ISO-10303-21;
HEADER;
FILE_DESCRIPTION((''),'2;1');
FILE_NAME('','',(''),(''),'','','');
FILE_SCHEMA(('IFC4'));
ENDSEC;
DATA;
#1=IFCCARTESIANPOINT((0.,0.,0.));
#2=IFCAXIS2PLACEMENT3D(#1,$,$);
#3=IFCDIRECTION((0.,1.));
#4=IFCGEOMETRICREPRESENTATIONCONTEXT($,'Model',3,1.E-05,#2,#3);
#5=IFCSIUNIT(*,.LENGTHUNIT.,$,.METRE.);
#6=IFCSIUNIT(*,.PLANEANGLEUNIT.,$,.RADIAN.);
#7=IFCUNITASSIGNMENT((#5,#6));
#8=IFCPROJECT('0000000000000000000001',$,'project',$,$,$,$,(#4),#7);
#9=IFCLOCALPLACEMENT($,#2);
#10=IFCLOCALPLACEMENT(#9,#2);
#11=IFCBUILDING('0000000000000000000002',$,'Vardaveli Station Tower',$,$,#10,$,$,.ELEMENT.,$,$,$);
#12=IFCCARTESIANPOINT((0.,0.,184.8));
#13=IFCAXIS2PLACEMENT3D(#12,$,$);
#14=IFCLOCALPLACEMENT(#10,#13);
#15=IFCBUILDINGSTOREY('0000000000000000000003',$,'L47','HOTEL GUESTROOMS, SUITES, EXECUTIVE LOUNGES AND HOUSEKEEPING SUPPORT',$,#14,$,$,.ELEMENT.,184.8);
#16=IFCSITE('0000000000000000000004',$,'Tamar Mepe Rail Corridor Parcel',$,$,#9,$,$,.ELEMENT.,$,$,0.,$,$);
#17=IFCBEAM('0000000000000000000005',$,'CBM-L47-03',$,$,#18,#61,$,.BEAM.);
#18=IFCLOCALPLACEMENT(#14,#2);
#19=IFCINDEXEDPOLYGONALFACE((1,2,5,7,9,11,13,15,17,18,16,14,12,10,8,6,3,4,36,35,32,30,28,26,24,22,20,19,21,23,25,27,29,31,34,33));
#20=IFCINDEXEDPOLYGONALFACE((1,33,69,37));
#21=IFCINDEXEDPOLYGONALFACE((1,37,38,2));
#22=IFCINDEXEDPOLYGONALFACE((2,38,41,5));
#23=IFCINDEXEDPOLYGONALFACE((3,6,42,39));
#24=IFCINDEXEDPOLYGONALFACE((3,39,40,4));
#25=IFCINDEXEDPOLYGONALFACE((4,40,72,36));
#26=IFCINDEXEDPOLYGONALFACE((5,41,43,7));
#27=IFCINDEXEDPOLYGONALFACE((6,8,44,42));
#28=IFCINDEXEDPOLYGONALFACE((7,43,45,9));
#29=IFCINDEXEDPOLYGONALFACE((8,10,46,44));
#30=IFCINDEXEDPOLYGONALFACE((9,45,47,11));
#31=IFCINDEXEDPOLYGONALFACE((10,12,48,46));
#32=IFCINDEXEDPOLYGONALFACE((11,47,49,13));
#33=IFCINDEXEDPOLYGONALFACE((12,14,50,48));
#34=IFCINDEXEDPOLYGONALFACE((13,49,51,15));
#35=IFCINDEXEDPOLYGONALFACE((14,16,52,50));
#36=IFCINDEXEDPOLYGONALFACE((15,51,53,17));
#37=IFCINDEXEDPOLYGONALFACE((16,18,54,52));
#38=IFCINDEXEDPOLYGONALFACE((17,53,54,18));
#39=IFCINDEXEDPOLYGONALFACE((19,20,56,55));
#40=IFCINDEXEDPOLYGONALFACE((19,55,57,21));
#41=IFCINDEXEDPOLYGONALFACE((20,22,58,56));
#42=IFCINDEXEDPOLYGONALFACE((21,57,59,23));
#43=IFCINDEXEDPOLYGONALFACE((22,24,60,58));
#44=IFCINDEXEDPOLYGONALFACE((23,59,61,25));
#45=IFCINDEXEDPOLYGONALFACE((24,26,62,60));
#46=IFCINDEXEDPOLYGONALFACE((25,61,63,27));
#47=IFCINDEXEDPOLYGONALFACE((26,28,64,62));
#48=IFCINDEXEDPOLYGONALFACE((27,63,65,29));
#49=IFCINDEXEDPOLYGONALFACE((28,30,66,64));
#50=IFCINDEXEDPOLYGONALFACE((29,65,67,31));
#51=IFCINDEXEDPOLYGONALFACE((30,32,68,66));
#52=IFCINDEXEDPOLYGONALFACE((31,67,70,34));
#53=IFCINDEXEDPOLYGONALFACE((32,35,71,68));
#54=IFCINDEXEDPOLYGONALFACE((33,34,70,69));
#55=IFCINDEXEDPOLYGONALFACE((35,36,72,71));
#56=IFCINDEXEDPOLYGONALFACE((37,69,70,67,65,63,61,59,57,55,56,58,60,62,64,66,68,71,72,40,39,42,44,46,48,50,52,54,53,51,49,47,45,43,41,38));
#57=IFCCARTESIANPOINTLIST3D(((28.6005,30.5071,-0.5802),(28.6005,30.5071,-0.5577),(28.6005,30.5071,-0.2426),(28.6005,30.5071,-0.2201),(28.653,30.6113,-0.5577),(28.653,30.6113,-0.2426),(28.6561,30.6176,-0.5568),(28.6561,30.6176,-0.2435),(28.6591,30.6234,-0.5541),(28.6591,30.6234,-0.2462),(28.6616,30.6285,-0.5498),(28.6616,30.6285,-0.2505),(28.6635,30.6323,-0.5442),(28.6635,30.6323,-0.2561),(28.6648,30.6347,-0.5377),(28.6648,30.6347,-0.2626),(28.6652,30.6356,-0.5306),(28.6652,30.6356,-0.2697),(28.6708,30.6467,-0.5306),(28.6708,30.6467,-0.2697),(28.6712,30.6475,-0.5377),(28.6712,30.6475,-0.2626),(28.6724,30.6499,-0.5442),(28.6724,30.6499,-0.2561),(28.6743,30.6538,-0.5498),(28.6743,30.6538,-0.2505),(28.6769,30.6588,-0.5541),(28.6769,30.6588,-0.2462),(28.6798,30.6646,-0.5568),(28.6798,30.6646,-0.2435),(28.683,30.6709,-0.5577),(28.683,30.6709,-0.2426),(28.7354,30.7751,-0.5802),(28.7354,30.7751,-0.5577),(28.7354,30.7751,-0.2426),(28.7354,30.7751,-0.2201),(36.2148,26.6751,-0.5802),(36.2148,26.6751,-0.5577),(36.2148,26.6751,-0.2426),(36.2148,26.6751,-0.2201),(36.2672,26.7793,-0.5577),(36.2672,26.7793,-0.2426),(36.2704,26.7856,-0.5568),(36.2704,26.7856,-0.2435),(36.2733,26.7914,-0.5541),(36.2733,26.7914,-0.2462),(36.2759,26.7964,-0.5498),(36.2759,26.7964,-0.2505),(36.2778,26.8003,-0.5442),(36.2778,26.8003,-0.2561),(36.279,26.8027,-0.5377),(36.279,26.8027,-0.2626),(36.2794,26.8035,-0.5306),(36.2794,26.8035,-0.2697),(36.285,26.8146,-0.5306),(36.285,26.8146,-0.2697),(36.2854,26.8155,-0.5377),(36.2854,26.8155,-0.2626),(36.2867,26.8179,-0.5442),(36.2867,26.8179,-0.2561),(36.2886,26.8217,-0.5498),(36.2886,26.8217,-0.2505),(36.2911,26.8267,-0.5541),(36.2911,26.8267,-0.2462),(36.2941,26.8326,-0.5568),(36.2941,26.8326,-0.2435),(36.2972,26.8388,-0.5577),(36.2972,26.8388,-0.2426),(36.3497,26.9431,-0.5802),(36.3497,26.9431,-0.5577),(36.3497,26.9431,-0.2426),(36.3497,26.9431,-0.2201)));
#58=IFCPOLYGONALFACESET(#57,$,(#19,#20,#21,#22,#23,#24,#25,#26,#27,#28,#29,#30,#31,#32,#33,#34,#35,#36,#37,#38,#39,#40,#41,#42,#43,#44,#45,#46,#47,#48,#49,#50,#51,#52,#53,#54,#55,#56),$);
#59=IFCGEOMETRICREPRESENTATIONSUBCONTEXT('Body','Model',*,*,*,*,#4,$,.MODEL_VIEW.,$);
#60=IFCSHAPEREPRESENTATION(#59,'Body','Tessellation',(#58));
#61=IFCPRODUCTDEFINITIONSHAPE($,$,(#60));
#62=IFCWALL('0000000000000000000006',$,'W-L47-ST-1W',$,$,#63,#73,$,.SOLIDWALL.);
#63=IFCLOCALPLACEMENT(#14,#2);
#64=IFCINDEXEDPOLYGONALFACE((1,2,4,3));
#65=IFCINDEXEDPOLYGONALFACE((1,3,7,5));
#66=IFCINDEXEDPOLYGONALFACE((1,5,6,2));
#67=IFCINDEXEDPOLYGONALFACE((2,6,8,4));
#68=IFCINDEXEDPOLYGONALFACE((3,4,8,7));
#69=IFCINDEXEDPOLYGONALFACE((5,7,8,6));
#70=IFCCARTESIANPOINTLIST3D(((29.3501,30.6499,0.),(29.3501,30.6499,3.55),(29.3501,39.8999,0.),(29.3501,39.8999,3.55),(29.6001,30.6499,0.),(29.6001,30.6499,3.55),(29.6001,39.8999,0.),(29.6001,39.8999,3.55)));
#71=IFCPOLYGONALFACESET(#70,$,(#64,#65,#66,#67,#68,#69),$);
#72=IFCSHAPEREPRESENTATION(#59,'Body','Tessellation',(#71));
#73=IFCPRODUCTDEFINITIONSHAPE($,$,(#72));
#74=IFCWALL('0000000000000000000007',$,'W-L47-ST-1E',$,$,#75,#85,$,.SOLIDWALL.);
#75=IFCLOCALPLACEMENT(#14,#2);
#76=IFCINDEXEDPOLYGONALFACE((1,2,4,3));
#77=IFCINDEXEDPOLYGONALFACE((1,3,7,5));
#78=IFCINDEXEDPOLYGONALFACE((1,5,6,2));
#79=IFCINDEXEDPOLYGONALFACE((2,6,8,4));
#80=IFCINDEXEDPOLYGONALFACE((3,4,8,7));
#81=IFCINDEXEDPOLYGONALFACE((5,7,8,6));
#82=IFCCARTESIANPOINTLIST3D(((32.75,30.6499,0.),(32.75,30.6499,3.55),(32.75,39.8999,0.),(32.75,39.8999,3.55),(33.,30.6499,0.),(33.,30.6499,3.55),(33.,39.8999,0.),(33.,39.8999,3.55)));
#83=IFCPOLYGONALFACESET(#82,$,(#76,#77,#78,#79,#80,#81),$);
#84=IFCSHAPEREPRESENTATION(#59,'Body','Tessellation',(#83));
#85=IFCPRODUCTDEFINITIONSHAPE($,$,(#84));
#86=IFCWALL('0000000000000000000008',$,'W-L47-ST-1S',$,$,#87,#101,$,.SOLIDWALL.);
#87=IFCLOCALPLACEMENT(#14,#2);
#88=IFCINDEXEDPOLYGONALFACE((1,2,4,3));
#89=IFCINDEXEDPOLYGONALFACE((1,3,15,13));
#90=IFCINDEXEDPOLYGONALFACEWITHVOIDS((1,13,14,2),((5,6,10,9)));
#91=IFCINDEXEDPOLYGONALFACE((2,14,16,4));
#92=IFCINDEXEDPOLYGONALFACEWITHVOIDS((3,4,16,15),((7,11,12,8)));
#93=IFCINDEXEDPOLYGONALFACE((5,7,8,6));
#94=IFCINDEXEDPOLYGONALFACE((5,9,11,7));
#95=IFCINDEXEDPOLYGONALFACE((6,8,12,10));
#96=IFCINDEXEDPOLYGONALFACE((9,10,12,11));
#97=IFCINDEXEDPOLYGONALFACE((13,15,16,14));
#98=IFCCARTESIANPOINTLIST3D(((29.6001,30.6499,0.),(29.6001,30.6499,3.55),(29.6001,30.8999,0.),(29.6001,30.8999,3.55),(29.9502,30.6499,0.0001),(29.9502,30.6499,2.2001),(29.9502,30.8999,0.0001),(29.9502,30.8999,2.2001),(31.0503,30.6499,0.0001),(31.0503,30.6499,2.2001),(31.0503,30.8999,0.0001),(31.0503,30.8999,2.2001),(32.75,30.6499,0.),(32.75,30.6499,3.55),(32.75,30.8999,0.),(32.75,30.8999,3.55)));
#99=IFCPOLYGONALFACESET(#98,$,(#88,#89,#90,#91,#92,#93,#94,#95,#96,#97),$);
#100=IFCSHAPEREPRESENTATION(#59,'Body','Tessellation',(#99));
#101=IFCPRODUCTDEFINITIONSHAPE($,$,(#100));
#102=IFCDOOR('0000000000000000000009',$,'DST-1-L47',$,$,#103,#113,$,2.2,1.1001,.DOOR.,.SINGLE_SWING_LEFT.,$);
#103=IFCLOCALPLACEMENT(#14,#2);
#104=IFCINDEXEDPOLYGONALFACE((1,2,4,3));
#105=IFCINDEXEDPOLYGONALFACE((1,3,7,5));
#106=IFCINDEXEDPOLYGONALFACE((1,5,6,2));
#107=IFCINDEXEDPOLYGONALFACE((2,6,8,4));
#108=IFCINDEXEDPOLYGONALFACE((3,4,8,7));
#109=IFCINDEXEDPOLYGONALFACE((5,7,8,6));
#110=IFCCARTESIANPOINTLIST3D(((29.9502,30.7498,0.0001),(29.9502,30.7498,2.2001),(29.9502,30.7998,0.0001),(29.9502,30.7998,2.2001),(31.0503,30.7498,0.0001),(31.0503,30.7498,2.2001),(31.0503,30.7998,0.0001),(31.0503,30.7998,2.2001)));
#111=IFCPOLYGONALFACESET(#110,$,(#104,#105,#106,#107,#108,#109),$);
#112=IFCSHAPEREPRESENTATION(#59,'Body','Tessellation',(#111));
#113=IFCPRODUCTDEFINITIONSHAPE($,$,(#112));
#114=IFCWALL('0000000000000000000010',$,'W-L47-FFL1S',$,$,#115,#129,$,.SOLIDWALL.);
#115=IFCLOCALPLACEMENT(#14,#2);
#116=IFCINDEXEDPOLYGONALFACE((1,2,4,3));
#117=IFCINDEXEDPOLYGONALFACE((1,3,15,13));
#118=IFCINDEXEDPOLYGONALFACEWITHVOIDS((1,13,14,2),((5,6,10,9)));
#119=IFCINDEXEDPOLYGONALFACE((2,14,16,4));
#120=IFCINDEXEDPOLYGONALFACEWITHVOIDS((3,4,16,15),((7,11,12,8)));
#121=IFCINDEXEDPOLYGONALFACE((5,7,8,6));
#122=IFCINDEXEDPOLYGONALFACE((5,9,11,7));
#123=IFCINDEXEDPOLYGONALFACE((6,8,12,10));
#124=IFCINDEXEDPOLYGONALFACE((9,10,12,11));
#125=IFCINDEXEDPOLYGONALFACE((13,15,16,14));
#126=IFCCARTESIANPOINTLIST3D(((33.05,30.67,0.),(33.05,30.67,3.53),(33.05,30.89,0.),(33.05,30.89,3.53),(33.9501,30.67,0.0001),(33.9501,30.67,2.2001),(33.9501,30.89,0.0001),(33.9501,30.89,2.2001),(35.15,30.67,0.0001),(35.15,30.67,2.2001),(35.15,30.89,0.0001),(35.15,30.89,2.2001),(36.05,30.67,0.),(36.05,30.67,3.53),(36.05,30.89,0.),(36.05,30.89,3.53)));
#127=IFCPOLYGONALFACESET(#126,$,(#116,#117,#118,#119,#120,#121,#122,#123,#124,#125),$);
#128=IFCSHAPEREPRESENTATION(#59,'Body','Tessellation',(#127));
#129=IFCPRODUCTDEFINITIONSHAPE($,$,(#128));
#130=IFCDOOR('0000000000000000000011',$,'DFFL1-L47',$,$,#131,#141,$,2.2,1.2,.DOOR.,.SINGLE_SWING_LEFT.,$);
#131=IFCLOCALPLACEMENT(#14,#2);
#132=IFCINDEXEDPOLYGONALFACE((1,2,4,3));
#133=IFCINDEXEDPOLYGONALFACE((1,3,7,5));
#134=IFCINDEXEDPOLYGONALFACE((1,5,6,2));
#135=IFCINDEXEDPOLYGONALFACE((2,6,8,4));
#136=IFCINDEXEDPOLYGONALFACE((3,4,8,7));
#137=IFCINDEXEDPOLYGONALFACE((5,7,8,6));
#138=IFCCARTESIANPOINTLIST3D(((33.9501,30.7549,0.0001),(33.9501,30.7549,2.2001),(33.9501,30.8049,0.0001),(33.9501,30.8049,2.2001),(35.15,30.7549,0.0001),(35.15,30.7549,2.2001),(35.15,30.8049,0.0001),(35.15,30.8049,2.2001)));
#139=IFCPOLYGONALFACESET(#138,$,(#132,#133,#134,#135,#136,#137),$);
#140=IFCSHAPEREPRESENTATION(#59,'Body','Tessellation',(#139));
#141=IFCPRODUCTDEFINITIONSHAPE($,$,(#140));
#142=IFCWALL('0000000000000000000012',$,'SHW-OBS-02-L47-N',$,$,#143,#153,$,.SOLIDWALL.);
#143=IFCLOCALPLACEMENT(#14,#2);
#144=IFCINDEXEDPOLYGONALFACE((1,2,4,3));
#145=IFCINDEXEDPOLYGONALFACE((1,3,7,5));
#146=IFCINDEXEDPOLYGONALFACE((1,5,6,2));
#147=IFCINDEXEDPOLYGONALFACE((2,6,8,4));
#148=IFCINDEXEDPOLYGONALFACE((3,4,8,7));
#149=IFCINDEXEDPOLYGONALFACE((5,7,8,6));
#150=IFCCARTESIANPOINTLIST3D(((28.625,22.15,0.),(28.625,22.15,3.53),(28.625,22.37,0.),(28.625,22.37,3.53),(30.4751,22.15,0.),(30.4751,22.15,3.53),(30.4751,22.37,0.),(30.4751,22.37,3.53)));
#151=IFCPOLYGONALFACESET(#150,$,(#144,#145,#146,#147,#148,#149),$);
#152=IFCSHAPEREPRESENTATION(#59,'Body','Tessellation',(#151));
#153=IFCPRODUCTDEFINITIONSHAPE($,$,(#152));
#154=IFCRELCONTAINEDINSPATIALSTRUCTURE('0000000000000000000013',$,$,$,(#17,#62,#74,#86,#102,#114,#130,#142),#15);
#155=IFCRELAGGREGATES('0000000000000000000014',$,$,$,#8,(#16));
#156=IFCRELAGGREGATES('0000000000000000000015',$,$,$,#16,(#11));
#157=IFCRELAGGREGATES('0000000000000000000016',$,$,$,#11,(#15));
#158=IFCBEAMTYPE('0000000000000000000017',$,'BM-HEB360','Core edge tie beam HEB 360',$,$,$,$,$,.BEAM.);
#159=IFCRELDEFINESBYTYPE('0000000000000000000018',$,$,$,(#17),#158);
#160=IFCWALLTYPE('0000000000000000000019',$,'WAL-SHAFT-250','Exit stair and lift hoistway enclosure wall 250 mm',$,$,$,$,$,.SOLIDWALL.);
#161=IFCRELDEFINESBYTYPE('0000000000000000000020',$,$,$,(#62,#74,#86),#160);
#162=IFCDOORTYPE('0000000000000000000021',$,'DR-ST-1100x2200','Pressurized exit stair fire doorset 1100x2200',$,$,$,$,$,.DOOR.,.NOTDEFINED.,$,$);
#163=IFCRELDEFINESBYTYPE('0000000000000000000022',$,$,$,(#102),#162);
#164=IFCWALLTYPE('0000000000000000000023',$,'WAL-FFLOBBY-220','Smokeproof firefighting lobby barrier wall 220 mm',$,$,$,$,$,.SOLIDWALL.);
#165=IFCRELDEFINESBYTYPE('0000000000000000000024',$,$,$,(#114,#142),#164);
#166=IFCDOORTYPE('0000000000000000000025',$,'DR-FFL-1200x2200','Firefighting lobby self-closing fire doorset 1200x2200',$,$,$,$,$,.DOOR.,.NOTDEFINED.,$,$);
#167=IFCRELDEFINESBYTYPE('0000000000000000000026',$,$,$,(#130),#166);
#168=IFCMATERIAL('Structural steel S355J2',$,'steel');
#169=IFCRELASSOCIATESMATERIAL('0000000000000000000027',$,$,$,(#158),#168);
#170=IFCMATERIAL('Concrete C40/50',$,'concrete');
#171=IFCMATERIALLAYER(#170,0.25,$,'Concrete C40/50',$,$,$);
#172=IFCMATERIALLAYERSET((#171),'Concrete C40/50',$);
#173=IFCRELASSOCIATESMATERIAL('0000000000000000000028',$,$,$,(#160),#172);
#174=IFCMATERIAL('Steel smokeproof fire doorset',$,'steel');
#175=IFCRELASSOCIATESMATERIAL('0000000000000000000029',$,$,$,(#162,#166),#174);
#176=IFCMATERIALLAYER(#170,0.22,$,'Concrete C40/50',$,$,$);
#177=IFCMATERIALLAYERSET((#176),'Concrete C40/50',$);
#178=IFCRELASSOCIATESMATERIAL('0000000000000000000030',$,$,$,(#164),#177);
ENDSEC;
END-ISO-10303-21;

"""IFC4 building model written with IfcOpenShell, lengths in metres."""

from ifc_helpers import new_model, si_unit, direction, frame, frame_2d, origin, origin_2d, place, context, subcontext, project, spatial, rectangle, i_section, extrude, source, transform, mapped, material, layer, layer_set, material_profile, profile_set, type_object, element, fill, save


model = new_model("IFC4")

# Units and contexts
model_context = context("Model", 3, precision=1e-05, world=origin(), true_north=direction((0.0, 1.0)))
body_context = subcontext(model_context, "Body", "Model", "MODEL_VIEW")
ifc_project = project(units=[si_unit("LENGTHUNIT", "METRE"), si_unit("PLANEANGLEUNIT", "RADIAN")], contexts=[model_context])

# Site, building, storey
site_placement = place(None, origin())
site = spatial("IfcSite", under=ifc_project, at=site_placement, Name="Tamar Mepe Rail Corridor Parcel", CompositionType="ELEMENT", RefElevation=0.0)
building_placement = place(site_placement, origin())
building = spatial("IfcBuilding", under=site, at=building_placement, Name="Vardaveli Station Tower", CompositionType="ELEMENT")
storey_placement = place(building_placement, frame((0.0, 0.0, 184.8)))
storey = spatial("IfcBuildingStorey", under=building, at=storey_placement, Name="L47", Description="HOTEL GUESTROOMS, SUITES, EXECUTIVE LOUNGES AND HOUSEKEEPING SUPPORT", CompositionType="ELEMENT", Elevation=184.8)

# Beam
ifc_material_1 = material(Name="Structural steel S355J2", Category="steel")
ifc_material_profile_1 = material_profile(ifc_material_1, i_section(OverallWidth=0.3, OverallDepth=0.3601, WebThickness=0.0125, FlangeThickness=0.0225, FilletRadius=0.0271, at=origin_2d()), Name="HEB 360")
ifc_profile_set_1 = profile_set([ifc_material_profile_1], Name="Structural steel S355J2")
beam_type_1 = type_object("IfcBeamType", Name="BM-HEB360", Description="Core edge tie beam HEB 360", PredefinedType="BEAM", material=ifc_profile_set_1)
shared_shape_1 = source(origin(), body_context, "Body", "SweptSolid", [
    extrude(i_section(OverallWidth=0.3, OverallDepth=0.3601, WebThickness=0.0125, FlangeThickness=0.0225, FilletRadius=0.0271, at=origin_2d()), origin(), (0.0, 0.0, 1.0), 8.5242),
])
beam_1_placement = place(storey_placement, frame((28.668, 30.6411, -0.4001), z_axis=(0.893256, -0.449549, 0.0), x_axis=(0.449549, 0.893256, 0.0)))
element("IfcBeam", 1, at=beam_1_placement, inside=storey, type_object=beam_type_1, Name="CBM-L47-03", PredefinedType="BEAM", context=body_context, shape_type="MappedRepresentation", body=[
    mapped(shared_shape_1, transform((0.0, 0.0, 0.0), scale=1.0)),
])

# Walls
ifc_material_2 = material(Name="Concrete C40/50", Category="concrete")
ifc_layer_1 = layer(ifc_material_2, 0.25, Name="Concrete C40/50")
ifc_layer_set_1 = layer_set([ifc_layer_1], Name="Concrete C40/50")
wall_type_1 = type_object("IfcWallType", Name="WAL-SHAFT-250", Description="Exit stair and lift hoistway enclosure wall 250 mm", PredefinedType="SOLIDWALL", material=ifc_layer_set_1)
shared_shape_2 = source(origin(), body_context, "Body", "SweptSolid", [
    extrude(rectangle(XDim=9.25, YDim=0.25, at=frame_2d((4.625, 0.0))), origin(), (0.0, 0.0, 1.0), 3.55),
])
for number, where, z_axis, x_axis, name in (
    (2, (29.4751, 30.6499, 0.0), (0.0, 0.0, 1.0), (0.0, 1.0, 0.0), "W-L47-ST-1W"),
    (3, (32.875, 30.6499, 0.0), (0.0, 0.0, 1.0), (0.0, 1.0, 0.0), "W-L47-ST-1E"),
):
    element("IfcWall", number, at=place(storey_placement, frame(where, z_axis=z_axis, x_axis=x_axis)), inside=storey, type_object=wall_type_1, Name=name, PredefinedType="SOLIDWALL", context=body_context, shape_type="MappedRepresentation", body=[
        mapped(shared_shape_2, transform((0.0, 0.0, 0.0), scale=1.0)),
    ])

# Walls, openings, doors
shared_shape_3 = source(origin(), body_context, "Body", "SweptSolid", [
    extrude(rectangle(XDim=3.1499, YDim=0.25, at=frame_2d((1.575, 0.0))), origin(), (0.0, 0.0, 1.0), 3.55),
])
wall_1_placement = place(storey_placement, frame((29.6001, 30.7749, 0.0), z_axis=(0.0, 0.0, 1.0), x_axis=(1.0, 0.0, 0.0)))
wall_1 = element("IfcWall", 4, at=wall_1_placement, inside=storey, type_object=wall_type_1, Name="W-L47-ST-1S", PredefinedType="SOLIDWALL", context=body_context, shape_type="MappedRepresentation", body=[
    mapped(shared_shape_3, transform((0.0, 0.0, 0.0), scale=1.0)),
])
shared_shape_4 = source(origin(), body_context, "Body", "SweptSolid", [
    extrude(rectangle(XDim=1.1001, YDim=2.2, at=frame_2d((0.55, 1.1001))), frame((0.0, 0.135, 0.0), z_axis=(0.0, -1.0, 0.0), x_axis=(1.0, 0.0, 0.0)), (0.0, 0.0, 1.0), 0.27),
])
opening_1_placement = place(wall_1_placement, frame((0.3501, 0.0, 0.0)))
opening_1 = element("IfcOpeningElement", 5, at=opening_1_placement, cuts=wall_1, PredefinedType="OPENING", context=body_context, shape_type="MappedRepresentation", body=[
    mapped(shared_shape_4, transform((0.0, 0.0, 0.0), scale=1.0)),
])
ifc_material_3 = material(Name="Steel smokeproof fire doorset", Category="steel")
door_type_1 = type_object("IfcDoorType", Name="DR-ST-1100x2200", Description="Pressurized exit stair fire doorset 1100x2200", OperationType="NOTDEFINED", PredefinedType="DOOR", material=ifc_material_3)
shared_shape_5 = source(origin(), body_context, "Body", "SweptSolid", [
    extrude(rectangle(XDim=1.1001, YDim=2.2, at=frame_2d((0.55, 1.1001))), frame((0.0, 0.0249, 0.0), z_axis=(0.0, -1.0, 0.0), x_axis=(1.0, 0.0, 0.0)), (0.0, 0.0, 1.0), 0.05),
])
door_1_placement = place(opening_1_placement, origin())
door_1 = element("IfcDoor", 6, at=door_1_placement, inside=storey, type_object=door_type_1, Name="DST-1-L47", OperationType="SINGLE_SWING_LEFT", OverallHeight=2.2, OverallWidth=1.1001, PredefinedType="DOOR", context=body_context, shape_type="MappedRepresentation", body=[
    mapped(shared_shape_5, transform((0.0, 0.0, 0.0), scale=1.0)),
])
fill(opening_1, door_1)
ifc_layer_2 = layer(ifc_material_2, 0.22, Name="Concrete C40/50")
ifc_layer_set_2 = layer_set([ifc_layer_2], Name="Concrete C40/50")
wall_type_2 = type_object("IfcWallType", Name="WAL-FFLOBBY-220", Description="Smokeproof firefighting lobby barrier wall 220 mm", PredefinedType="SOLIDWALL", material=ifc_layer_set_2)
shared_shape_6 = source(origin(), body_context, "Body", "SweptSolid", [
    extrude(rectangle(XDim=3.0, YDim=0.22, at=frame_2d((1.5, 0.0))), origin(), (0.0, 0.0, 1.0), 3.53),
])
wall_2_placement = place(storey_placement, frame((33.05, 30.78, 0.0), z_axis=(0.0, 0.0, 1.0), x_axis=(1.0, 0.0, 0.0)))
wall_2 = element("IfcWall", 7, at=wall_2_placement, inside=storey, type_object=wall_type_2, Name="W-L47-FFL1S", PredefinedType="SOLIDWALL", context=body_context, shape_type="MappedRepresentation", body=[
    mapped(shared_shape_6, transform((0.0, 0.0, 0.0), scale=1.0)),
])
shared_shape_7 = source(origin(), body_context, "Body", "SweptSolid", [
    extrude(rectangle(XDim=1.2, YDim=2.2, at=frame_2d((0.6001, 1.1001))), frame((0.0, 0.1201, 0.0), z_axis=(0.0, -1.0, 0.0), x_axis=(1.0, 0.0, 0.0)), (0.0, 0.0, 1.0), 0.24),
])
opening_2_placement = place(wall_2_placement, frame((0.8999, 0.0, 0.0)))
opening_2 = element("IfcOpeningElement", 8, at=opening_2_placement, cuts=wall_2, PredefinedType="OPENING", context=body_context, shape_type="MappedRepresentation", body=[
    mapped(shared_shape_7, transform((0.0, 0.0, 0.0), scale=1.0)),
])
door_type_2 = type_object("IfcDoorType", Name="DR-FFL-1200x2200", Description="Firefighting lobby self-closing fire doorset 1200x2200", OperationType="NOTDEFINED", PredefinedType="DOOR", material=ifc_material_3)
shared_shape_8 = source(origin(), body_context, "Body", "SweptSolid", [
    extrude(rectangle(XDim=1.2, YDim=2.2, at=frame_2d((0.6001, 1.1001))), frame((0.0, 0.0249, 0.0), z_axis=(0.0, -1.0, 0.0), x_axis=(1.0, 0.0, 0.0)), (0.0, 0.0, 1.0), 0.05),
])
door_2_placement = place(opening_2_placement, origin())
door_2 = element("IfcDoor", 9, at=door_2_placement, inside=storey, type_object=door_type_2, Name="DFFL1-L47", OperationType="SINGLE_SWING_LEFT", OverallHeight=2.2, OverallWidth=1.2, PredefinedType="DOOR", context=body_context, shape_type="MappedRepresentation", body=[
    mapped(shared_shape_8, transform((0.0, 0.0, 0.0), scale=1.0)),
])
fill(opening_2, door_2)

# Wall
shared_shape_9 = source(origin(), body_context, "Body", "SweptSolid", [
    extrude(rectangle(XDim=1.8501, YDim=0.22, at=frame_2d((0.925, 0.0))), origin(), (0.0, 0.0, 1.0), 3.53),
])
wall_3_placement = place(storey_placement, frame((28.625, 22.26, 0.0), z_axis=(0.0, 0.0, 1.0), x_axis=(1.0, 0.0, 0.0)))
element("IfcWall", 10, at=wall_3_placement, inside=storey, type_object=wall_type_2, Name="SHW-OBS-02-L47-N", PredefinedType="SOLIDWALL", context=body_context, shape_type="MappedRepresentation", body=[
    mapped(shared_shape_9, transform((0.0, 0.0, 0.0), scale=1.0)),
])

save(model, "model.ifc")
